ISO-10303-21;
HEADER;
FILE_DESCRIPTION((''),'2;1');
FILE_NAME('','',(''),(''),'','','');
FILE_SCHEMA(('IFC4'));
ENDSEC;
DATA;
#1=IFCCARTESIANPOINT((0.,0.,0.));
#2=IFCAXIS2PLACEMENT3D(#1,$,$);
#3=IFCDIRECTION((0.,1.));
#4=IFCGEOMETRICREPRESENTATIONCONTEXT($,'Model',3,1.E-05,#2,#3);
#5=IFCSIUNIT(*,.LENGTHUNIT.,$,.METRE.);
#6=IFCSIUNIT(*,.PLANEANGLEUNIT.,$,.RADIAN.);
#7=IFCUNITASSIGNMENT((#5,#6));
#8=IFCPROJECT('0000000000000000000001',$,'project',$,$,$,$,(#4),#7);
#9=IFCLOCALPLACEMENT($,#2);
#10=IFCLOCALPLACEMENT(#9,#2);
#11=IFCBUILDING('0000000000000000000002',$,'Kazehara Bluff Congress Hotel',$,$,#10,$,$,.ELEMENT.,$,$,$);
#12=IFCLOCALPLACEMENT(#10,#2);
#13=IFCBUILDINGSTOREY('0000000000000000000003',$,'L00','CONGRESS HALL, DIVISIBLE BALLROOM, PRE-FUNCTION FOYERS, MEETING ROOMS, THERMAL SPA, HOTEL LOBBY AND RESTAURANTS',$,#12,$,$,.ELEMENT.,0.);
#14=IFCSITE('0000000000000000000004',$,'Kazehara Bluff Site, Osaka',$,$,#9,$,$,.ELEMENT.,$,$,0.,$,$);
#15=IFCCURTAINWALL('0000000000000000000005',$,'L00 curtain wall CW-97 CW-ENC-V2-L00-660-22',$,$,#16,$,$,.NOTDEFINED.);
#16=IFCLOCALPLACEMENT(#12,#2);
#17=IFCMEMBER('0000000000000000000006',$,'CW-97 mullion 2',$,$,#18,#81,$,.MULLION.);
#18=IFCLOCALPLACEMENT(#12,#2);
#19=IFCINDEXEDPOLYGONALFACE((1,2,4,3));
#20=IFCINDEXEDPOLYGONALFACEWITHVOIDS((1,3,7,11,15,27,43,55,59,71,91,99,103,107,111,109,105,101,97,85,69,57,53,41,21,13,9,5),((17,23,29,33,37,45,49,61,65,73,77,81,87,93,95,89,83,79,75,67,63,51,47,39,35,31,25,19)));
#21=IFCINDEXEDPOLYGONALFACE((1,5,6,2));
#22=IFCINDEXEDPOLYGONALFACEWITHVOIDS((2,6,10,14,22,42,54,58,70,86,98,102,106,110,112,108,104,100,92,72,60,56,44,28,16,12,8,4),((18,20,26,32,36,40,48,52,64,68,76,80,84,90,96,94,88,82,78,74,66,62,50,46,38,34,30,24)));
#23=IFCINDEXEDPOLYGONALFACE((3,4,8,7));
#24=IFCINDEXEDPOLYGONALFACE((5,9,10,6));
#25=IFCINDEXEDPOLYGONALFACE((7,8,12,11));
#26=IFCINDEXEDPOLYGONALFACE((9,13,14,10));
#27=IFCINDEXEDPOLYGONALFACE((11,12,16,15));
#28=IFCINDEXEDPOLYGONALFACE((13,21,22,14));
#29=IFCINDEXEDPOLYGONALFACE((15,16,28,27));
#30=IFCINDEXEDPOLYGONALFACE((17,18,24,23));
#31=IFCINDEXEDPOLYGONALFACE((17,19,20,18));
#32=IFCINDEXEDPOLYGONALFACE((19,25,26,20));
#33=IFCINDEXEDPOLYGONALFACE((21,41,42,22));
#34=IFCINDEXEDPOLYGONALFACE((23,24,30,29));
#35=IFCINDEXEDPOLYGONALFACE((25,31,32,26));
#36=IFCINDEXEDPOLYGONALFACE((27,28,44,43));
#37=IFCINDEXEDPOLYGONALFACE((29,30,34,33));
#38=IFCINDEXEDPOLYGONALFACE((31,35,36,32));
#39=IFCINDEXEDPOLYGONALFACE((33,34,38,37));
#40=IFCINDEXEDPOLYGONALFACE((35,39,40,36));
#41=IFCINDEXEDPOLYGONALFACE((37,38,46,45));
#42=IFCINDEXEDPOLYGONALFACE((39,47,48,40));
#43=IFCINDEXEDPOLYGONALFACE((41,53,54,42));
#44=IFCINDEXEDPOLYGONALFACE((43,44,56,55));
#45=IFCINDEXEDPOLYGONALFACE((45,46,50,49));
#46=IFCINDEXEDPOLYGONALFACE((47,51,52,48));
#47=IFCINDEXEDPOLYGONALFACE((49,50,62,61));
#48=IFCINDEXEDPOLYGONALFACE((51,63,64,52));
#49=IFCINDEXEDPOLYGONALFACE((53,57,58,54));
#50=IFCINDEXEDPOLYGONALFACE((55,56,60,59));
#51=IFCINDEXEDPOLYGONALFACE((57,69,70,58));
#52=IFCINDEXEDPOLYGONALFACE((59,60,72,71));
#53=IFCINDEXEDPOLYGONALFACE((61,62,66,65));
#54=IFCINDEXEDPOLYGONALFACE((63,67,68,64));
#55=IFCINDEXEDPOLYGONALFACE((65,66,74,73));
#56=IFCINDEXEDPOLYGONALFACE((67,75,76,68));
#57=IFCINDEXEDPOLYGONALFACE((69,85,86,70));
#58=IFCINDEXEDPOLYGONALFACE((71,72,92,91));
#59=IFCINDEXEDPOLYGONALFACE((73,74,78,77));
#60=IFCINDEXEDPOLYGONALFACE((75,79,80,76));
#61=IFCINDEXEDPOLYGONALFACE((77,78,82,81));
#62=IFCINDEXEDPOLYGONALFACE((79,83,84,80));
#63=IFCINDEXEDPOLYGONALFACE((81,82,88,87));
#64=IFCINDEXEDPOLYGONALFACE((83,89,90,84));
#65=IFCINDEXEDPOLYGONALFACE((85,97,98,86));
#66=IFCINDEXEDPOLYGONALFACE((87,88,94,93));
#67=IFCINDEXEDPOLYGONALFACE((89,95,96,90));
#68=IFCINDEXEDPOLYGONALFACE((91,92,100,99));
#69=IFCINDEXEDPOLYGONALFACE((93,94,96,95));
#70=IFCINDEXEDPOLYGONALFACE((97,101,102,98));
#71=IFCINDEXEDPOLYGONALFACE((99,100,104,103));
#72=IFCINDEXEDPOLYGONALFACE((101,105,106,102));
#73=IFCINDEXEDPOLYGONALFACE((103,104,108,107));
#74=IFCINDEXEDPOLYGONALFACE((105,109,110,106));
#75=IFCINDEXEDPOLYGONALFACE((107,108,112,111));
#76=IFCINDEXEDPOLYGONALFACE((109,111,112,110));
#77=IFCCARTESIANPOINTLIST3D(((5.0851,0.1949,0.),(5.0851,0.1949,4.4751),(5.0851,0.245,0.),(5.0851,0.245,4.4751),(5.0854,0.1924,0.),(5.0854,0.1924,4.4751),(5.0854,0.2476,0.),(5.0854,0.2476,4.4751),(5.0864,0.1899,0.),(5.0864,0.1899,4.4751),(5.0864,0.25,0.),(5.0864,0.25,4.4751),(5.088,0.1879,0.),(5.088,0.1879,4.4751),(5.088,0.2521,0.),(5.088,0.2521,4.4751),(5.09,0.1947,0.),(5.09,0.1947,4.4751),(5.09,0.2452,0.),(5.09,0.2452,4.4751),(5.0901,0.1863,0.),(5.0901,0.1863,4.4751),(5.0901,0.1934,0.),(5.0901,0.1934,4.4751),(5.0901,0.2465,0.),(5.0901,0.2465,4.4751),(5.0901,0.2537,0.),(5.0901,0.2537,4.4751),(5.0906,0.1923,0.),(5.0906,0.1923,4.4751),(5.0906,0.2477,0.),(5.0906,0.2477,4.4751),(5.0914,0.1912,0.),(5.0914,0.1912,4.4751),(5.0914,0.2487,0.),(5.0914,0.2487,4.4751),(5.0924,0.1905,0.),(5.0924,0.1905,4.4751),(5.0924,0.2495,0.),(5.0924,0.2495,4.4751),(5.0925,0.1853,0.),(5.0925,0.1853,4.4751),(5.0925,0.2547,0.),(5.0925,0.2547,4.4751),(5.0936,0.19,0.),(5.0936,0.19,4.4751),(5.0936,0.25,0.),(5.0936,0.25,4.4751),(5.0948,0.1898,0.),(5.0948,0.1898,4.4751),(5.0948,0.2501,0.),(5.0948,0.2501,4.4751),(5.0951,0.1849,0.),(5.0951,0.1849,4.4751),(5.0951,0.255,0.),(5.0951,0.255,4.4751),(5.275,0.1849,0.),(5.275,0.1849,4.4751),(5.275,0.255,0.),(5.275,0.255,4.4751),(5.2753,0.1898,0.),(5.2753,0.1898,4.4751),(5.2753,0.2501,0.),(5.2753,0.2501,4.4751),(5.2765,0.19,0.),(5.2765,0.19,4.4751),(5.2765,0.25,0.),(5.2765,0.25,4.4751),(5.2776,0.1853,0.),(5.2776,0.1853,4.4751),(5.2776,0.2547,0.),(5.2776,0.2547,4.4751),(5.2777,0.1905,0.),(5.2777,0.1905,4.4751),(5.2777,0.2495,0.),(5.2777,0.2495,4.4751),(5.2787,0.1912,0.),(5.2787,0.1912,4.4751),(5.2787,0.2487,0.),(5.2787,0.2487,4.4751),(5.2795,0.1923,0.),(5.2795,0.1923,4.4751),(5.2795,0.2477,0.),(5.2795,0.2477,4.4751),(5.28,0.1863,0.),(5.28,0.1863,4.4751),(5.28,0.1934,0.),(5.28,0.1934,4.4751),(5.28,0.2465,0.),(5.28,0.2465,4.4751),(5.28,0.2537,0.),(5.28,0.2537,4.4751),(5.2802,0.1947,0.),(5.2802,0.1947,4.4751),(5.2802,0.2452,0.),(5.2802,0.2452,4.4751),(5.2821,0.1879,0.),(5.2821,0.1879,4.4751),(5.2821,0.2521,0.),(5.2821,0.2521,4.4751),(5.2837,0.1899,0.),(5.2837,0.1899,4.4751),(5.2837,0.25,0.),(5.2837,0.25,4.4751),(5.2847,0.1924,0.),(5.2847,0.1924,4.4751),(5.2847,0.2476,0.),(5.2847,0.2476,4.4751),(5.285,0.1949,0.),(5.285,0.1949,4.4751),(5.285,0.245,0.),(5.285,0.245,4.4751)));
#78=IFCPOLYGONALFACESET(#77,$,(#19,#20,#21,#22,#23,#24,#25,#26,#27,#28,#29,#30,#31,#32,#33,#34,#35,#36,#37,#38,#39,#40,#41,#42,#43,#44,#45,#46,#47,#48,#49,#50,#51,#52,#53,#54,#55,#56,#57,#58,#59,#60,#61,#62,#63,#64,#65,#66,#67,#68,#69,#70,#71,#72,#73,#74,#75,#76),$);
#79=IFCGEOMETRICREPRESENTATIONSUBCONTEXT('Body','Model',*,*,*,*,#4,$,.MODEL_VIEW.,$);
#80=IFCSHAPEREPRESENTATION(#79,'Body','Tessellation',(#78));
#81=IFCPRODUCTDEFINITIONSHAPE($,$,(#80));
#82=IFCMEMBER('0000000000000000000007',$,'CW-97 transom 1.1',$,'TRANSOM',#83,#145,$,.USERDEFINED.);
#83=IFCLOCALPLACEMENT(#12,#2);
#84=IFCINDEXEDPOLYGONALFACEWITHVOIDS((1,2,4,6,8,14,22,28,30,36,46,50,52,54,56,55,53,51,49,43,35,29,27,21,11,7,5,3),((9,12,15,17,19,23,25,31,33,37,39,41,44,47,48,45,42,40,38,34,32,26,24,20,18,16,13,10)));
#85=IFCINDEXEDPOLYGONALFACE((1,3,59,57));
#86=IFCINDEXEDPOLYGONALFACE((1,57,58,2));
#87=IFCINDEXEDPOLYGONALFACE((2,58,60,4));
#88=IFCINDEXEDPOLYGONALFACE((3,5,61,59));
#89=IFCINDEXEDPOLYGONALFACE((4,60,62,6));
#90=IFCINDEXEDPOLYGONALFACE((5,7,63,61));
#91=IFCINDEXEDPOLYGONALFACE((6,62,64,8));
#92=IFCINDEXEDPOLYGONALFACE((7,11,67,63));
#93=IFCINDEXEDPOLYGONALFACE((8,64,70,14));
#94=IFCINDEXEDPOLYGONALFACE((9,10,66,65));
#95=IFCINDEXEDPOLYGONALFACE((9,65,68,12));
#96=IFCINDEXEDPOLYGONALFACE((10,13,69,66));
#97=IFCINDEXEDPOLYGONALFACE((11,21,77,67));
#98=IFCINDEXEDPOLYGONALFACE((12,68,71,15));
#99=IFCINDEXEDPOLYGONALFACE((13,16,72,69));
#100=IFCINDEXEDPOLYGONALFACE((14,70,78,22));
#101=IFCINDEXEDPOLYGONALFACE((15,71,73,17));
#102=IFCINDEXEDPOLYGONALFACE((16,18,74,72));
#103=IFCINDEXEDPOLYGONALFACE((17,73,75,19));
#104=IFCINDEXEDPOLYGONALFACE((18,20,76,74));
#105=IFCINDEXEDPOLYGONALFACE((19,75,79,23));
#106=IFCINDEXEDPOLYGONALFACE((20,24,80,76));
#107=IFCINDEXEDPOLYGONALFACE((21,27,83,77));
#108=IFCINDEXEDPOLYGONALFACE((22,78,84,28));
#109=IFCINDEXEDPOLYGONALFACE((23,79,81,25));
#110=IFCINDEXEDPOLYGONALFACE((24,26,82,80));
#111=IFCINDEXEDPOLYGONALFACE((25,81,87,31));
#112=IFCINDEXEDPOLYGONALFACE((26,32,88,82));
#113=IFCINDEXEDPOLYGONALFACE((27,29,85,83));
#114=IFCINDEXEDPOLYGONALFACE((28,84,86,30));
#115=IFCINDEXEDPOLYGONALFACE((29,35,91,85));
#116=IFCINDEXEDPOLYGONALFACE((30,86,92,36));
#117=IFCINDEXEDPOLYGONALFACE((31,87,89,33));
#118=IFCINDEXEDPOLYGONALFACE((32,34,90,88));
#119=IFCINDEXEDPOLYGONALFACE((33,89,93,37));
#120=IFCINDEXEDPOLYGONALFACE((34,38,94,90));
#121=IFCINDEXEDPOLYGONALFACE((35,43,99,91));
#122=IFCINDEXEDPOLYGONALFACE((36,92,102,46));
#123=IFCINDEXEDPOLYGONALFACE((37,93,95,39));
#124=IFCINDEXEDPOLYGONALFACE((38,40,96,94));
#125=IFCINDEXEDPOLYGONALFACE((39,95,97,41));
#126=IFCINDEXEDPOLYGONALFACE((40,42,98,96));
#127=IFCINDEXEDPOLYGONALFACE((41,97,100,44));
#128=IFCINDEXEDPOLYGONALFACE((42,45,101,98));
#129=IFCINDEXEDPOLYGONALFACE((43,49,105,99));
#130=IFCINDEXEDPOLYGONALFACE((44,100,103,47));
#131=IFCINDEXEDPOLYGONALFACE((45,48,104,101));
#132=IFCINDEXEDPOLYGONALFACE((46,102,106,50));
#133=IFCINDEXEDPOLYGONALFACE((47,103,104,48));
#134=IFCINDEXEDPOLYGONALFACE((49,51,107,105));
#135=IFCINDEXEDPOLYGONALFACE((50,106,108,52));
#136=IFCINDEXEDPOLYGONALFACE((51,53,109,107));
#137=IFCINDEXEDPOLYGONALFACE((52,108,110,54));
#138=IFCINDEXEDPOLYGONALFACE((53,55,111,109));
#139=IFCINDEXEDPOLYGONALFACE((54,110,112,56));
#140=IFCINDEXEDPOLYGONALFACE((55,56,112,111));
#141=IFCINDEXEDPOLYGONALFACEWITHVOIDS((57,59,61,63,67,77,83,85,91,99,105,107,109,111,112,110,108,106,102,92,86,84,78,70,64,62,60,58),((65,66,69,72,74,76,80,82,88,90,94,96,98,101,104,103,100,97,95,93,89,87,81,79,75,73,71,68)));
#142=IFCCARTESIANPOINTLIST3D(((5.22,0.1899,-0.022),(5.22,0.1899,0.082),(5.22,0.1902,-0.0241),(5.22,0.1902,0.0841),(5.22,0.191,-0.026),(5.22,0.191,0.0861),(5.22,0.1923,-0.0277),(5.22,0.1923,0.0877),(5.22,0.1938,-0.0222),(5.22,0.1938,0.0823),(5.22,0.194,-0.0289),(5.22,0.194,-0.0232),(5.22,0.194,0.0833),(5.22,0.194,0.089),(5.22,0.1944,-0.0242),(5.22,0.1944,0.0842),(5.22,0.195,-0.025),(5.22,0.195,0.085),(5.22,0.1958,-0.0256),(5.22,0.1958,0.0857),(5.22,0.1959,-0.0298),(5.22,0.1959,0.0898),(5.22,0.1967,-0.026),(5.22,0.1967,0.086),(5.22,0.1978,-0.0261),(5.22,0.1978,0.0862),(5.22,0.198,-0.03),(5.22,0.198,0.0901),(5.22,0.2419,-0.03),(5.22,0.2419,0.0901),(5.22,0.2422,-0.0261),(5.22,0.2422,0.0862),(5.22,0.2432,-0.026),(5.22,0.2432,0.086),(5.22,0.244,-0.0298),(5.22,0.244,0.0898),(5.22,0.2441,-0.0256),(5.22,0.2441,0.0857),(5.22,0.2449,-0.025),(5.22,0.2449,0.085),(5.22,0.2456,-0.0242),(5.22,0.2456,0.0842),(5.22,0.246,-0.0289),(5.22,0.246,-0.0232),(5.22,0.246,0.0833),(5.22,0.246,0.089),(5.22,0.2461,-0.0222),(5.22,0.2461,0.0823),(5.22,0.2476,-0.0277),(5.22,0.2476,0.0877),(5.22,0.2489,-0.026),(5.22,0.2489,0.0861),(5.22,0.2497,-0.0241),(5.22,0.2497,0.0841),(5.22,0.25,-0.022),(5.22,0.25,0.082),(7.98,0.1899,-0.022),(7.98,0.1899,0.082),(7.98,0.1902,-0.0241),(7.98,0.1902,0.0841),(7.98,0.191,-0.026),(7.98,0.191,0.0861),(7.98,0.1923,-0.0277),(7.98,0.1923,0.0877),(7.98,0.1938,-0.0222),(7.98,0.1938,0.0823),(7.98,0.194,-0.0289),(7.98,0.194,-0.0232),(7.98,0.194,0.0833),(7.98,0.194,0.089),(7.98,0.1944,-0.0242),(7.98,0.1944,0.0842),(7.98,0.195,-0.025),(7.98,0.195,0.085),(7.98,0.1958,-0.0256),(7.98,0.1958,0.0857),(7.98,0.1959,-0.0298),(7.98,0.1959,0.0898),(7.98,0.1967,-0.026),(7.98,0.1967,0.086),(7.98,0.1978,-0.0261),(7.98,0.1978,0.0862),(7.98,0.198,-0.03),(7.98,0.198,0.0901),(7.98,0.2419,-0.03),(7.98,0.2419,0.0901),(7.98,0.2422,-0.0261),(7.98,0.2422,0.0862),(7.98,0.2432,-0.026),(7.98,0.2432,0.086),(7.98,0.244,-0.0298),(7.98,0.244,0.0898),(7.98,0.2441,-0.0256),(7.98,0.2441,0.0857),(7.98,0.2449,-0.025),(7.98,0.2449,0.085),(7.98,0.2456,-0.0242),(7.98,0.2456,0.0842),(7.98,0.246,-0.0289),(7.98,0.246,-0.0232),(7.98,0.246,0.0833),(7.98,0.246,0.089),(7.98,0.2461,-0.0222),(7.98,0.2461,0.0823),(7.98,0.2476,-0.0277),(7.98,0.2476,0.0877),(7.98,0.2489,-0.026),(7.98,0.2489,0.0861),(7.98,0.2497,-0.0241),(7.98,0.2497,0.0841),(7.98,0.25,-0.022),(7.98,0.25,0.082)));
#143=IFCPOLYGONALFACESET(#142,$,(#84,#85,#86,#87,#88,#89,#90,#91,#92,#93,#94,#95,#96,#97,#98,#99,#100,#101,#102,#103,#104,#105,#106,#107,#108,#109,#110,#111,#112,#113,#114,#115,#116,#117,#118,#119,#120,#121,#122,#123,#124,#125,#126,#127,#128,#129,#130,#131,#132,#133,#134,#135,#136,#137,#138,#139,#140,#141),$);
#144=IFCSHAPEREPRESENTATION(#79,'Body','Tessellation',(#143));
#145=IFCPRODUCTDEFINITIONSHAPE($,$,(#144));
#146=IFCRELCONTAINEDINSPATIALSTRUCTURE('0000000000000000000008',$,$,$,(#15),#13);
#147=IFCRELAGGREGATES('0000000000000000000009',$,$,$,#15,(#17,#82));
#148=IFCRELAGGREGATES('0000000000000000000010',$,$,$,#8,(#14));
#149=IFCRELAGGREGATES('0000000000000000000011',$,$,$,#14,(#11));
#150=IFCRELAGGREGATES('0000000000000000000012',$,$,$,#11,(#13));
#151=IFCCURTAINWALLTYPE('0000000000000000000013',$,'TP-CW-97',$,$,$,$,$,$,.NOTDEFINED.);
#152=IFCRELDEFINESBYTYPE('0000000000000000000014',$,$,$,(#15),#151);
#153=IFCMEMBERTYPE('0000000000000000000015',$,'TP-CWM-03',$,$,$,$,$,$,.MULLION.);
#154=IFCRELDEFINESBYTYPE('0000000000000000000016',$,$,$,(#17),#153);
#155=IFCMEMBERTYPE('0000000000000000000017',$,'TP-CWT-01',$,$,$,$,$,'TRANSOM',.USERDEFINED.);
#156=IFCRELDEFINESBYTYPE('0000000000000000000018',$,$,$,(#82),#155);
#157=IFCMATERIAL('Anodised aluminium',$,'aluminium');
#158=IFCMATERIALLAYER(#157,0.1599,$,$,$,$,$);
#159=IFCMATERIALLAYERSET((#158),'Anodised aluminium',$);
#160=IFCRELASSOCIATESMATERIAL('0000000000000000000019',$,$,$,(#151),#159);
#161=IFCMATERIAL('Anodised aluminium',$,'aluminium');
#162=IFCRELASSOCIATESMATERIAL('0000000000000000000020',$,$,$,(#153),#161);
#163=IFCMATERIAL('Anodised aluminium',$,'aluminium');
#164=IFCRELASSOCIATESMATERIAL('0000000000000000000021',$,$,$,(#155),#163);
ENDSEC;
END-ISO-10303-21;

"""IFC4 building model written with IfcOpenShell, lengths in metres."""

from ifc_helpers import new_model, si_unit, direction, frame, origin, origin_2d, place, context, subcontext, project, spatial, hollow_rectangle, extrude, material, layer, layer_set, material_profile, profile_set, type_object, element, aggregate, save


model = new_model("IFC4")

# Units and contexts
model_context = context("Model", 3, precision=1e-05, world=origin(), true_north=direction((0.0, 1.0)))
body_context = subcontext(model_context, "Body", "Model", "MODEL_VIEW")
ifc_project = project(units=[si_unit("LENGTHUNIT", "METRE"), si_unit("PLANEANGLEUNIT", "RADIAN")], contexts=[model_context])

# Site, building, storey
site_placement = place(None, origin())
site = spatial("IfcSite", under=ifc_project, at=site_placement, Name="Kazehara Bluff Site, Osaka", CompositionType="ELEMENT", RefElevation=0.0)
building_placement = place(site_placement, origin())
building = spatial("IfcBuilding", under=site, at=building_placement, Name="Kazehara Bluff Congress Hotel", CompositionType="ELEMENT")
storey_placement = place(building_placement, origin())
storey = spatial("IfcBuildingStorey", under=building, at=storey_placement, Name="L00", Description="CONGRESS HALL, DIVISIBLE BALLROOM, PRE-FUNCTION FOYERS, MEETING ROOMS, THERMAL SPA, HOTEL LOBBY AND RESTAURANTS", CompositionType="ELEMENT", Elevation=0.0)

# Curtain wall, members
ifc_material_1 = material(Name="Anodised aluminium", Category="aluminium")
ifc_layer_1 = layer(ifc_material_1, 0.1599)
ifc_layer_set_1 = layer_set([ifc_layer_1], Name="Anodised aluminium")
curtain_wall_type = type_object("IfcCurtainWallType", Name="TP-CW-97", PredefinedType="NOTDEFINED", material=ifc_layer_set_1)
curtain_wall_placement = place(storey_placement, origin())
curtain_wall = element("IfcCurtainWall", 1, at=curtain_wall_placement, inside=storey, type_object=curtain_wall_type, Name="L00 curtain wall CW-97 CW-ENC-V2-L00-660-22", PredefinedType="NOTDEFINED")
ifc_material_2 = material(Name="Anodised aluminium", Category="aluminium")
ifc_material_profile_1 = material_profile(ifc_material_2, hollow_rectangle(XDim=0.0701, YDim=0.2, WallThickness=0.0049, InnerFilletRadius=0.0049, OuterFilletRadius=0.01, at=origin_2d()))
ifc_profile_set_1 = profile_set([ifc_material_profile_1], Name="Anodised aluminium")
member_type_1 = type_object("IfcMemberType", Name="TP-CWM-03", PredefinedType="MULLION", material=ifc_profile_set_1)
member_1_placement = place(storey_placement, frame((5.1851, 0.22, 0.0), z_axis=(0.0, 0.0, 1.0), x_axis=(0.0, -1.0, 0.0)))
member_1 = element("IfcMember", 2, at=member_1_placement, type_object=member_type_1, Name="CW-97 mullion 2", PredefinedType="MULLION", context=body_context, shape_type="SweptSolid", body=[
    extrude(hollow_rectangle(XDim=0.0701, YDim=0.2, WallThickness=0.0049, InnerFilletRadius=0.0049, OuterFilletRadius=0.01, at=origin_2d()), origin(), (0.0, 0.0, 1.0), 4.4751),
])
ifc_material_3 = material(Name="Anodised aluminium", Category="aluminium")
ifc_material_profile_2 = material_profile(ifc_material_3, hollow_rectangle(XDim=0.0601, YDim=0.1201, WallThickness=0.0039, InnerFilletRadius=0.0039, OuterFilletRadius=0.0081, at=origin_2d()))
ifc_profile_set_2 = profile_set([ifc_material_profile_2], Name="Anodised aluminium")
member_type_2 = type_object("IfcMemberType", Name="TP-CWT-01", ElementType="TRANSOM", PredefinedType="USERDEFINED", material=ifc_profile_set_2)
member_2_placement = place(storey_placement, frame((7.98, 0.22, 0.03), z_axis=(-1.0, 0.0, 0.0), x_axis=(0.0, -1.0, 0.0)))
member_2 = element("IfcMember", 3, at=member_2_placement, type_object=member_type_2, Name="CW-97 transom 1.1", ObjectType="TRANSOM", PredefinedType="USERDEFINED", context=body_context, shape_type="SweptSolid", body=[
    extrude(hollow_rectangle(XDim=0.0601, YDim=0.1201, WallThickness=0.0039, InnerFilletRadius=0.0039, OuterFilletRadius=0.0081, at=origin_2d()), origin(), (0.0, 0.0, 1.0), 2.76),
])

aggregate(curtain_wall, [member_1, member_2])

save(model, "model.ifc")
